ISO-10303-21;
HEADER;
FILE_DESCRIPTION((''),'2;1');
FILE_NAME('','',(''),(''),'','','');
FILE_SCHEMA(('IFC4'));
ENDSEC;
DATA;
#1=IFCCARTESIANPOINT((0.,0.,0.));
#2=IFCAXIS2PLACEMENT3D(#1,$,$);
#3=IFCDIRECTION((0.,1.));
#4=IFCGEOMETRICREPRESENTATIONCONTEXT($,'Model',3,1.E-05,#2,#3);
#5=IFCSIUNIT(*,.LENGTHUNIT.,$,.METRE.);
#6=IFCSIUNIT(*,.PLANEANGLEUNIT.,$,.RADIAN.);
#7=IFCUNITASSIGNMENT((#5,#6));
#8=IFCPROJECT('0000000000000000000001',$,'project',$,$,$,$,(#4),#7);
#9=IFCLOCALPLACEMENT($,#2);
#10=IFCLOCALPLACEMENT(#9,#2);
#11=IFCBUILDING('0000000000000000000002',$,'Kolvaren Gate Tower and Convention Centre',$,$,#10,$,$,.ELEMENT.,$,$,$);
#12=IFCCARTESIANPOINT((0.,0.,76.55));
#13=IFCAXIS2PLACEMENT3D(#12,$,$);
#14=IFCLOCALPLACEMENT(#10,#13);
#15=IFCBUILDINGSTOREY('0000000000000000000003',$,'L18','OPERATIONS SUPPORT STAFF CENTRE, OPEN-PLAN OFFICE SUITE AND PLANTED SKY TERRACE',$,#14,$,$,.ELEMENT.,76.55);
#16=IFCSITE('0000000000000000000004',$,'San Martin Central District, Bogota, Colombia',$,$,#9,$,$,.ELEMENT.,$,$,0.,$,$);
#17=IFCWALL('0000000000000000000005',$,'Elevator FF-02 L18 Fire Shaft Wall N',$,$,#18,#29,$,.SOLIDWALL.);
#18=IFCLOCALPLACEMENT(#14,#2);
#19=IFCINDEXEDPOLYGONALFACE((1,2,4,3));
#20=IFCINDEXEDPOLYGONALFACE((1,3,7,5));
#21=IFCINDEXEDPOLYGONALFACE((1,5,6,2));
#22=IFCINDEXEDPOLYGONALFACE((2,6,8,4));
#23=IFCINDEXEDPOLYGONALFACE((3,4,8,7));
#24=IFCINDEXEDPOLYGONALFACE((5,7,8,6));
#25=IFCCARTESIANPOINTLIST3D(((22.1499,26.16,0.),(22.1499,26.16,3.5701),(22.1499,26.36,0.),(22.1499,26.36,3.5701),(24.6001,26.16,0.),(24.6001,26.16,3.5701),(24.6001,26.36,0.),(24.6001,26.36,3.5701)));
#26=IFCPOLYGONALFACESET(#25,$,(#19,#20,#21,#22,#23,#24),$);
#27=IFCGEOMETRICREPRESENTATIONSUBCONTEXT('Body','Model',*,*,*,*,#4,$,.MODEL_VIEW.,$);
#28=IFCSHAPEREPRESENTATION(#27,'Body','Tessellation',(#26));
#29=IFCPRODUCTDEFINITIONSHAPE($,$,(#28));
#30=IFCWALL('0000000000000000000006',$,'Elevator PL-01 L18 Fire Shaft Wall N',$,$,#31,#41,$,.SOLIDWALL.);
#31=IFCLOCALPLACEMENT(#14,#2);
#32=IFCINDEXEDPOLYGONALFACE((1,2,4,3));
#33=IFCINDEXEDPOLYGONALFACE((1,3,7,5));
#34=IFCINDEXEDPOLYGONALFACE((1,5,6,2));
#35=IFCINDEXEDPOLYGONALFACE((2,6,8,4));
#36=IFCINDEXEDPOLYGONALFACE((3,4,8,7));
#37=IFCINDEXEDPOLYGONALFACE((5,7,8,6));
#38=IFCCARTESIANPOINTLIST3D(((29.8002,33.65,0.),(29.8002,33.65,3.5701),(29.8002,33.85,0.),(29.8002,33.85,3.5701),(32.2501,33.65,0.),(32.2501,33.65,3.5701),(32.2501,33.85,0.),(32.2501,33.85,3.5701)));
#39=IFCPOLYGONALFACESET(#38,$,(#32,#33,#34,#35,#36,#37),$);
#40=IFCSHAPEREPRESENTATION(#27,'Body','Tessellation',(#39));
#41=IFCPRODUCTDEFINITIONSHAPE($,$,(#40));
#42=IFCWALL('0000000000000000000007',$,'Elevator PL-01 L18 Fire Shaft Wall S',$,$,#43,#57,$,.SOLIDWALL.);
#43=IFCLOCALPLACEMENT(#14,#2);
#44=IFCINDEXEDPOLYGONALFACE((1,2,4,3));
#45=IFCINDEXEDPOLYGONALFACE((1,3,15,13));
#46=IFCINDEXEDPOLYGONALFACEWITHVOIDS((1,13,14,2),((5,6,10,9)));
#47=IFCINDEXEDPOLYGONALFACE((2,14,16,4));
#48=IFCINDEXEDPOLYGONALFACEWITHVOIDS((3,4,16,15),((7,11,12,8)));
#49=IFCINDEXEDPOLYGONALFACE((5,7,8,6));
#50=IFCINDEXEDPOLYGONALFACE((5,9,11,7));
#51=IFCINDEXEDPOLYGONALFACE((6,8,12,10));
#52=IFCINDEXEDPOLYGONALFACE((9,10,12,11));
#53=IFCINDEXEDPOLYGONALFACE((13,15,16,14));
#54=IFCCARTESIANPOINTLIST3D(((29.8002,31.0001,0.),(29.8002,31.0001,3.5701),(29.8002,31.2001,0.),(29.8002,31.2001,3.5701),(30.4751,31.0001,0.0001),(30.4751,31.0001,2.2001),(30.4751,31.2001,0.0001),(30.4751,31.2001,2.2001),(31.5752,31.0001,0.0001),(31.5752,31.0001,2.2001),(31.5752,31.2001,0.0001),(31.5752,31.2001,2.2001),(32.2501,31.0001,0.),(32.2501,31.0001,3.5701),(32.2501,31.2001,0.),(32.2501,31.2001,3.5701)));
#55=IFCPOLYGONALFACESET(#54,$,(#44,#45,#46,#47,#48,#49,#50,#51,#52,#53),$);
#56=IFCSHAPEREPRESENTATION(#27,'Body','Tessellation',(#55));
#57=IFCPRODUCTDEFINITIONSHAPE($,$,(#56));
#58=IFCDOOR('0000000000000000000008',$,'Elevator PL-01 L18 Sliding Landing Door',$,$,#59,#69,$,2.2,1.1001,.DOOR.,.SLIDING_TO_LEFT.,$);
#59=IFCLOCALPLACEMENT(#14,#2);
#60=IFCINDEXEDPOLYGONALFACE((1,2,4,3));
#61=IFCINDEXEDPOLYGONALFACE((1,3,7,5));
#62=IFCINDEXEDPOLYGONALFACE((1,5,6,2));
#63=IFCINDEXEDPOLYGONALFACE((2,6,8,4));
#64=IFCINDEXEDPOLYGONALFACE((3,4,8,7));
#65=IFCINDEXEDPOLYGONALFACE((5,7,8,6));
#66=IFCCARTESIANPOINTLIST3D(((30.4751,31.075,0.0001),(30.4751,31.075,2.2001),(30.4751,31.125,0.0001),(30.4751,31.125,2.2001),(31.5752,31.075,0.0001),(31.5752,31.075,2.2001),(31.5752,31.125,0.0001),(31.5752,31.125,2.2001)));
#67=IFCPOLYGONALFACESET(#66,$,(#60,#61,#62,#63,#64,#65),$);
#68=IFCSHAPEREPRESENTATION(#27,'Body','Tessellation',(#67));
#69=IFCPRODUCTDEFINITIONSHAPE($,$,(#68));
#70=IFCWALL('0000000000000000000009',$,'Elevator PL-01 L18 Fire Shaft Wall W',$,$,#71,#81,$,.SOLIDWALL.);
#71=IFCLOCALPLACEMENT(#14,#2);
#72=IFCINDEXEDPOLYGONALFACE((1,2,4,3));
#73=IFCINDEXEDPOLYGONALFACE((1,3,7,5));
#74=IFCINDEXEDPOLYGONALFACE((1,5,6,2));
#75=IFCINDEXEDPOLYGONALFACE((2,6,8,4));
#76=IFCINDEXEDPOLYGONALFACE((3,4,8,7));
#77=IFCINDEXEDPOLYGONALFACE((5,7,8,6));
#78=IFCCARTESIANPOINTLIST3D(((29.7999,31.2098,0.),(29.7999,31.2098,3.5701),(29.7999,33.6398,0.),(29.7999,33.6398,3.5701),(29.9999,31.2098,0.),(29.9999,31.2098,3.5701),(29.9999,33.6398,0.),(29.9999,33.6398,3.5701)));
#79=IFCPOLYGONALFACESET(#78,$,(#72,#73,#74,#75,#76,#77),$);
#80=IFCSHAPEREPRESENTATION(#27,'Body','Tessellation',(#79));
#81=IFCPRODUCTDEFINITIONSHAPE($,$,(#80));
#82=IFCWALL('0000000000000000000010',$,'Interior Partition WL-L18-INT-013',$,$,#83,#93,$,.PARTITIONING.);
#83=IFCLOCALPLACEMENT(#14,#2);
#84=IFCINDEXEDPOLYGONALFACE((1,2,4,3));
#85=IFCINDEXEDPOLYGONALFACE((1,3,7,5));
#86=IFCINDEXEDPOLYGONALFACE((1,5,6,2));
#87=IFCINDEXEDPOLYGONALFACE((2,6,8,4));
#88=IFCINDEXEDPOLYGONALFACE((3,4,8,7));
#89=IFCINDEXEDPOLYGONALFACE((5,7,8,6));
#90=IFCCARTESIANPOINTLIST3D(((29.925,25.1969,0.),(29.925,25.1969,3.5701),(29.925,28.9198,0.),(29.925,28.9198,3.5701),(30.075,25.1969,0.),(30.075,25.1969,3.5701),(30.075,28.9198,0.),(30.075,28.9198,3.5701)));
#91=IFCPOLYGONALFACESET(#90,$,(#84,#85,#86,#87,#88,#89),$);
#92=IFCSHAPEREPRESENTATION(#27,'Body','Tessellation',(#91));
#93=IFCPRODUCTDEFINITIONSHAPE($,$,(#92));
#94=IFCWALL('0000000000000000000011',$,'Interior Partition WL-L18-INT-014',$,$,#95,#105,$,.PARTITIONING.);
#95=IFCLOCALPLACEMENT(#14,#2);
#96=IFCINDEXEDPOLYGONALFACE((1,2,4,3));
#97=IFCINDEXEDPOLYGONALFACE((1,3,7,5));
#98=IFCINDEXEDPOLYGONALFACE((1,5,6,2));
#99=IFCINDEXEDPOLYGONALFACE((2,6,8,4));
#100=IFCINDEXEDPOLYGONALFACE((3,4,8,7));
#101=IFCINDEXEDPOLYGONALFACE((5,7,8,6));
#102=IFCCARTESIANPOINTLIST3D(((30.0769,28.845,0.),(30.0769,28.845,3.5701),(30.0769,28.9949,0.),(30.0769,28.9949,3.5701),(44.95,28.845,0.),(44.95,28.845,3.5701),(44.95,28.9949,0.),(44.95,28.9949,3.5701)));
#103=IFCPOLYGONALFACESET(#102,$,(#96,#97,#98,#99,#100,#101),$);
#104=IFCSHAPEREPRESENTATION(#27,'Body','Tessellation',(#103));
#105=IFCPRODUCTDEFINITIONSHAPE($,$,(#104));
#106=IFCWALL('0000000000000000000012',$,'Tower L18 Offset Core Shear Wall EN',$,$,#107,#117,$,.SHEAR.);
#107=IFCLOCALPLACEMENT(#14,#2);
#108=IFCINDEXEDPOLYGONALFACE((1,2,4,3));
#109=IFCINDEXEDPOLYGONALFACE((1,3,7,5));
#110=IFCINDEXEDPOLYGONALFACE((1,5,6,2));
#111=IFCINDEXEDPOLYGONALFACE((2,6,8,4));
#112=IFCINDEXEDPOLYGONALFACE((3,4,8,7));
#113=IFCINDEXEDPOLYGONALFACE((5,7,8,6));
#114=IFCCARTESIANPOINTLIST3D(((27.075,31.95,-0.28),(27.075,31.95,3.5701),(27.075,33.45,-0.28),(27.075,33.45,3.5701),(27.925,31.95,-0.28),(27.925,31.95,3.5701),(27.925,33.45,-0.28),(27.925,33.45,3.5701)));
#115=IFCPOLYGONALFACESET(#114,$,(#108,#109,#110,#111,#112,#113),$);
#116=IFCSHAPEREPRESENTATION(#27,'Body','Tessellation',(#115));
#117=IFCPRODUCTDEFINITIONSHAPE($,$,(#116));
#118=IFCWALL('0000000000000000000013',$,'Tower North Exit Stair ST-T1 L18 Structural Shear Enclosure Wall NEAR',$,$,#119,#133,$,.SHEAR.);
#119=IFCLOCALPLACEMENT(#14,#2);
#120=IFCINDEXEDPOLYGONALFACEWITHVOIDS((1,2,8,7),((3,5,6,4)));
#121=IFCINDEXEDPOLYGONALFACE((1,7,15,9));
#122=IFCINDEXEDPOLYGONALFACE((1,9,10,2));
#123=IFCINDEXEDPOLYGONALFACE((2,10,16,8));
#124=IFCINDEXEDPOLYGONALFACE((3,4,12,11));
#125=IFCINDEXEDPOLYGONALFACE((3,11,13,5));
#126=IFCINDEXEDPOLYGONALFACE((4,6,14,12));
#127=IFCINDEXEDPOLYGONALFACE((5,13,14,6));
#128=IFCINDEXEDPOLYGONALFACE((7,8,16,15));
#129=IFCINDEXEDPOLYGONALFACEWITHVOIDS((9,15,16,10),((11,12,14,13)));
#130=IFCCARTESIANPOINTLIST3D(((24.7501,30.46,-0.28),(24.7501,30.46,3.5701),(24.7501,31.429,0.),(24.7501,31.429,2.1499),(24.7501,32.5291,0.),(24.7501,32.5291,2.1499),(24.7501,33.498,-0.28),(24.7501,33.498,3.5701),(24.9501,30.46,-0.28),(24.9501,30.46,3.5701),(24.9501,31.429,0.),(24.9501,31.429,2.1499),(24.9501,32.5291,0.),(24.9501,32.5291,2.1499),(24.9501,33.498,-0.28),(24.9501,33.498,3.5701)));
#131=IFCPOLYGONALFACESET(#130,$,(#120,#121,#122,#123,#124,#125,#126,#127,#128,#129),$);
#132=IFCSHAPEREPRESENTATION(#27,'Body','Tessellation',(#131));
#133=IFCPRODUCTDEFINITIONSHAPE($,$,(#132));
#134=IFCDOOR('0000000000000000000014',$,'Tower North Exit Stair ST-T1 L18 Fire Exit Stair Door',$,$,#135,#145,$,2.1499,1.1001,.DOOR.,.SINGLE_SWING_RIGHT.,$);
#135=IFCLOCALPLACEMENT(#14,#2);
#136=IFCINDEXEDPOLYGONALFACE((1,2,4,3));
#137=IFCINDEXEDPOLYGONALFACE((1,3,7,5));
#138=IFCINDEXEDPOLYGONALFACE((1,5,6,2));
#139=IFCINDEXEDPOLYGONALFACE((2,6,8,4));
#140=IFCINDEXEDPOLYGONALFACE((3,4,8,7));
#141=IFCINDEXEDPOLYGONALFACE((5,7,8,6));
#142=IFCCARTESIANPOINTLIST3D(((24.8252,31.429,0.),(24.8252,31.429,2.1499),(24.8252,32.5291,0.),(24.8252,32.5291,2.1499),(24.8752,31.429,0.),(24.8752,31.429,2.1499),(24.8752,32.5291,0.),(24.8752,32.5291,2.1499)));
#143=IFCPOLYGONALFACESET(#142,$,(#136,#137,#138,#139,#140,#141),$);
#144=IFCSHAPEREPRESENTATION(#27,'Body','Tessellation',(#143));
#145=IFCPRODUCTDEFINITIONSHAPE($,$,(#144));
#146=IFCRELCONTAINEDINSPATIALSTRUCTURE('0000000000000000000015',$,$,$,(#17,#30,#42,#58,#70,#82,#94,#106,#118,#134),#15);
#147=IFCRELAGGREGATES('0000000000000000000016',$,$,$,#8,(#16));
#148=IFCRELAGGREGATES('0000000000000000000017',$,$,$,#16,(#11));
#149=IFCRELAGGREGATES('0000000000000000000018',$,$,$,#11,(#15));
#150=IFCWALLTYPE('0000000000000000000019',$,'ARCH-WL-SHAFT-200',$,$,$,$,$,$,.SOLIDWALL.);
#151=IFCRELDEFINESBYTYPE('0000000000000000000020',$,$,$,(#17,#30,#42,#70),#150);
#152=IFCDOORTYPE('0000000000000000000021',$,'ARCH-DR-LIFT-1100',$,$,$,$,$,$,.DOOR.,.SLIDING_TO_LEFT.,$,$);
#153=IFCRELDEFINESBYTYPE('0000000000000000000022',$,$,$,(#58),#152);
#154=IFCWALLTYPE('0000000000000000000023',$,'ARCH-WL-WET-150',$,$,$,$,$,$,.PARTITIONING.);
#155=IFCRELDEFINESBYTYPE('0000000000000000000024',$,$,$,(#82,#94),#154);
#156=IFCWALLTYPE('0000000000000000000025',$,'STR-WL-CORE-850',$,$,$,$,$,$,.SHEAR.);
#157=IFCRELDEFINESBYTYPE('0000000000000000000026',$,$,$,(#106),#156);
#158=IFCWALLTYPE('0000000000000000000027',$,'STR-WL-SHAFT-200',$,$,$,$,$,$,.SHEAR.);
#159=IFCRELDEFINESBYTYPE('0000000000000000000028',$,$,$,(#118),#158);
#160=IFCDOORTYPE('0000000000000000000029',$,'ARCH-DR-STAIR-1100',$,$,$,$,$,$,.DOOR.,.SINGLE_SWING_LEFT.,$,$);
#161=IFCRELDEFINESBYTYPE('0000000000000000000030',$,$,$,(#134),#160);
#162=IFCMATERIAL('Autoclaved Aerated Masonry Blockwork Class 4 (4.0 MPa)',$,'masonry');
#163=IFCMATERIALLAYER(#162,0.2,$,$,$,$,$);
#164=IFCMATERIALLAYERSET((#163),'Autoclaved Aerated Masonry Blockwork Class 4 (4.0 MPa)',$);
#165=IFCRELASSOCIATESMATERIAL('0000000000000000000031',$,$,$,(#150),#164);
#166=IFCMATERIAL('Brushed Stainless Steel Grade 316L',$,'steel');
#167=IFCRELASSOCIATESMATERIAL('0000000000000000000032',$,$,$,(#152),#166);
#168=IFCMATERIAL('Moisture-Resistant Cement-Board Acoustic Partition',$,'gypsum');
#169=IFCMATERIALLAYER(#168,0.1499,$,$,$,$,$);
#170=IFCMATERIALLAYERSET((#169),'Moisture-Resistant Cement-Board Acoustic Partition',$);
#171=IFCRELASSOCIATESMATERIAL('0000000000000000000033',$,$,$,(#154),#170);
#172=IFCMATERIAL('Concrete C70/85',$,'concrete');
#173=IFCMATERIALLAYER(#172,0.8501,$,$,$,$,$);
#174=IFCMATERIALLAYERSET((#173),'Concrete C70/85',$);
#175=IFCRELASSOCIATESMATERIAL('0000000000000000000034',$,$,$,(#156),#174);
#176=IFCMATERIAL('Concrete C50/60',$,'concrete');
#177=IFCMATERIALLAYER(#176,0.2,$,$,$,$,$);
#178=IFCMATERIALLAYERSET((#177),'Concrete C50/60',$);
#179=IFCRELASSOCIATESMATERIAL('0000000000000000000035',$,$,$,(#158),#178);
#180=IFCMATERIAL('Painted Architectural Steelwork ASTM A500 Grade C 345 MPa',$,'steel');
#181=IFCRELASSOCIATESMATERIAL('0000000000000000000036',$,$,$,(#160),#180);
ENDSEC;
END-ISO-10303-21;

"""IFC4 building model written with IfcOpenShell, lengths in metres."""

from ifc_helpers import new_model, si_unit, direction, frame, frame_2d, origin, place, context, subcontext, project, spatial, rectangle, extrude, material, layer, layer_set, type_object, element, fill, save


model = new_model("IFC4")

# Units and contexts
model_context = context("Model", 3, precision=1e-05, world=origin(), true_north=direction((0.0, 1.0)))
body_context = subcontext(model_context, "Body", "Model", "MODEL_VIEW")
ifc_project = project(units=[si_unit("LENGTHUNIT", "METRE"), si_unit("PLANEANGLEUNIT", "RADIAN")], contexts=[model_context])

# Site, building, storey
site_placement = place(None, origin())
site = spatial("IfcSite", under=ifc_project, at=site_placement, Name="San Martin Central District, Bogota, Colombia", CompositionType="ELEMENT", RefElevation=0.0)
building_placement = place(site_placement, origin())
building = spatial("IfcBuilding", under=site, at=building_placement, Name="Kolvaren Gate Tower and Convention Centre", CompositionType="ELEMENT")
storey_placement = place(building_placement, frame((0.0, 0.0, 76.55)))
storey = spatial("IfcBuildingStorey", under=building, at=storey_placement, Name="L18", Description="OPERATIONS SUPPORT STAFF CENTRE, OPEN-PLAN OFFICE SUITE AND PLANTED SKY TERRACE", CompositionType="ELEMENT", Elevation=76.55)

# Shared definitions
ifc_material_1 = material(Name="Autoclaved Aerated Masonry Blockwork Class 4 (4.0 MPa)", Category="masonry")

# Shared definitions
ifc_material_2 = material(Name="Painted Architectural Steelwork ASTM A500 Grade C 345 MPa", Category="steel")

# Shared definitions
ifc_layer_1 = layer(ifc_material_1, 0.2)
ifc_layer_set_1 = layer_set([ifc_layer_1], Name="Autoclaved Aerated Masonry Blockwork Class 4 (4.0 MPa)")
wall_type_1 = type_object("IfcWallType", Name="ARCH-WL-SHAFT-200", PredefinedType="SOLIDWALL", material=ifc_layer_set_1)

# Shared definitions
ifc_material_3 = material(Name="Brushed Stainless Steel Grade 316L", Category="steel")
door_type_1 = type_object("IfcDoorType", Name="ARCH-DR-LIFT-1100", OperationType="SLIDING_TO_LEFT", PredefinedType="DOOR", material=ifc_material_3)

# Walls
wall_1_placement = place(storey_placement, frame((22.1499, 26.26, 0.0), z_axis=(0.0, 0.0, 1.0), x_axis=(1.0, 0.0, 0.0)))
element("IfcWall", 1, at=wall_1_placement, inside=storey, type_object=wall_type_1, Name="Elevator FF-02 L18 Fire Shaft Wall N", PredefinedType="SOLIDWALL", context=body_context, shape_type="SweptSolid", body=[
    extrude(rectangle(XDim=2.4502, YDim=0.2, at=frame_2d((1.2251, 0.0))), origin(), (0.0, 0.0, 1.0), 3.5701),
])
wall_2_placement = place(storey_placement, frame((29.8, 33.75, 0.0), z_axis=(0.0, 0.0, 1.0), x_axis=(1.0, 0.0, 0.0)))
element("IfcWall", 2, at=wall_2_placement, inside=storey, type_object=wall_type_1, Name="Elevator PL-01 L18 Fire Shaft Wall N", PredefinedType="SOLIDWALL", context=body_context, shape_type="SweptSolid", body=[
    extrude(rectangle(XDim=2.45, YDim=0.2, at=frame_2d((1.2251, 0.0))), origin(), (0.0, 0.0, 1.0), 3.5701),
])

# Wall, opening, door
wall_3_placement = place(storey_placement, frame((29.8, 31.1001, 0.0), z_axis=(0.0, 0.0, 1.0), x_axis=(1.0, 0.0, 0.0)))
wall_3 = element("IfcWall", 3, at=wall_3_placement, inside=storey, type_object=wall_type_1, Name="Elevator PL-01 L18 Fire Shaft Wall S", PredefinedType="SOLIDWALL", context=body_context, shape_type="SweptSolid", body=[
    extrude(rectangle(XDim=2.45, YDim=0.2, at=frame_2d((1.2251, 0.0))), origin(), (0.0, 0.0, 1.0), 3.5701),
])
opening_1_placement = place(wall_3_placement, frame((0.675, 0.0, 0.0)))
opening_1 = element("IfcOpeningElement", 4, at=opening_1_placement, cuts=wall_3, PredefinedType="OPENING", context=body_context, shape_type="SweptSolid", body=[
    extrude(rectangle(XDim=1.1001, YDim=2.2, at=frame_2d((0.55, 1.1001))), frame((0.0, 0.1099, 0.0), z_axis=(0.0, -1.0, 0.0), x_axis=(1.0, 0.0, 0.0)), (0.0, 0.0, 1.0), 0.22),
])
door_1_placement = place(opening_1_placement, origin())
door_1 = element("IfcDoor", 5, at=door_1_placement, inside=storey, type_object=door_type_1, Name="Elevator PL-01 L18 Sliding Landing Door", OperationType="SLIDING_TO_LEFT", OverallHeight=2.2, OverallWidth=1.1001, PredefinedType="DOOR", context=body_context, shape_type="SweptSolid", body=[
    extrude(rectangle(XDim=1.1001, YDim=2.2, at=frame_2d((0.55, 1.1001))), frame((0.0, 0.0249, 0.0), z_axis=(0.0, -1.0, 0.0), x_axis=(1.0, 0.0, 0.0)), (0.0, 0.0, 1.0), 0.05),
])
fill(opening_1, door_1)

# Walls
wall_4_placement = place(storey_placement, frame((29.8999, 31.21, 0.0), z_axis=(0.0, 0.0, 1.0), x_axis=(0.0, 1.0, 0.0)))
element("IfcWall", 6, at=wall_4_placement, inside=storey, type_object=wall_type_1, Name="Elevator PL-01 L18 Fire Shaft Wall W", PredefinedType="SOLIDWALL", context=body_context, shape_type="SweptSolid", body=[
    extrude(rectangle(XDim=2.4299, YDim=0.2, at=frame_2d((1.2148, 0.0))), origin(), (0.0, 0.0, 1.0), 3.5701),
])
ifc_material_4 = material(Name="Moisture-Resistant Cement-Board Acoustic Partition", Category="gypsum")
ifc_layer_2 = layer(ifc_material_4, 0.1499)
ifc_layer_set_2 = layer_set([ifc_layer_2], Name="Moisture-Resistant Cement-Board Acoustic Partition")
wall_type_2 = type_object("IfcWallType", Name="ARCH-WL-WET-150", PredefinedType="PARTITIONING", material=ifc_layer_set_2)
wall_5_placement = place(storey_placement, frame((30.0, 25.197, 0.0), z_axis=(0.0, 0.0, 1.0), x_axis=(0.0, 1.0, 0.0)))
element("IfcWall", 7, at=wall_5_placement, inside=storey, type_object=wall_type_2, Name="Interior Partition WL-L18-INT-013", PredefinedType="PARTITIONING", context=body_context, shape_type="SweptSolid", body=[
    extrude(rectangle(XDim=3.7229, YDim=0.1499, at=frame_2d((1.8613, 0.0))), origin(), (0.0, 0.0, 1.0), 3.5701),
])
wall_6_placement = place(storey_placement, frame((30.0769, 28.9199, 0.0), z_axis=(0.0, 0.0, 1.0), x_axis=(1.0, 0.0, 0.0)))
element("IfcWall", 8, at=wall_6_placement, inside=storey, type_object=wall_type_2, Name="Interior Partition WL-L18-INT-014", PredefinedType="PARTITIONING", context=body_context, shape_type="SweptSolid", body=[
    extrude(rectangle(XDim=14.873, YDim=0.1499, at=frame_2d((7.4365, 0.0))), origin(), (0.0, 0.0, 1.0), 3.5701),
])
ifc_material_5 = material(Name="Concrete C70/85", Category="concrete")
ifc_layer_3 = layer(ifc_material_5, 0.8501)
ifc_layer_set_3 = layer_set([ifc_layer_3], Name="Concrete C70/85")
wall_type_3 = type_object("IfcWallType", Name="STR-WL-CORE-850", PredefinedType="SHEAR", material=ifc_layer_set_3)
wall_7_placement = place(storey_placement, frame((27.5, 31.95, -0.28), z_axis=(0.0, 0.0, 1.0), x_axis=(0.0, 1.0, 0.0)))
element("IfcWall", 9, at=wall_7_placement, inside=storey, type_object=wall_type_3, Name="Tower L18 Offset Core Shear Wall EN", PredefinedType="SHEAR", context=body_context, shape_type="SweptSolid", body=[
    extrude(rectangle(XDim=1.5, YDim=0.8501, at=frame_2d((0.75, 0.0))), origin(), (0.0, 0.0, 1.0), 3.8501),
])

# Wall, opening, door
ifc_material_6 = material(Name="Concrete C50/60", Category="concrete")
ifc_layer_4 = layer(ifc_material_6, 0.2)
ifc_layer_set_4 = layer_set([ifc_layer_4], Name="Concrete C50/60")
wall_type_4 = type_object("IfcWallType", Name="STR-WL-SHAFT-200", PredefinedType="SHEAR", material=ifc_layer_set_4)
wall_8_placement = place(storey_placement, frame((24.8501, 30.46, -0.28), z_axis=(0.0, 0.0, 1.0), x_axis=(0.0, 1.0, 0.0)))
wall_8 = element("IfcWall", 10, at=wall_8_placement, inside=storey, type_object=wall_type_4, Name="Tower North Exit Stair ST-T1 L18 Structural Shear Enclosure Wall NEAR", PredefinedType="SHEAR", context=body_context, shape_type="SweptSolid", body=[
    extrude(rectangle(XDim=3.0381, YDim=0.2, at=frame_2d((1.519, 0.0))), origin(), (0.0, 0.0, 1.0), 3.8501),
])
opening_2_placement = place(wall_8_placement, frame((0.969, 0.0, 0.28)))
opening_2 = element("IfcOpeningElement", 11, at=opening_2_placement, cuts=wall_8, PredefinedType="OPENING", context=body_context, shape_type="SweptSolid", body=[
    extrude(rectangle(XDim=1.1001, YDim=2.1499, at=frame_2d((0.55, 1.075))), frame((0.0, 0.1099, 0.0), z_axis=(0.0, -1.0, 0.0), x_axis=(1.0, 0.0, 0.0)), (0.0, 0.0, 1.0), 0.22),
])
door_type_2 = type_object("IfcDoorType", Name="ARCH-DR-STAIR-1100", OperationType="SINGLE_SWING_LEFT", PredefinedType="DOOR", material=ifc_material_2)
door_2_placement = place(opening_2_placement, origin())
door_2 = element("IfcDoor", 12, at=door_2_placement, inside=storey, type_object=door_type_2, Name="Tower North Exit Stair ST-T1 L18 Fire Exit Stair Door", OperationType="SINGLE_SWING_RIGHT", OverallHeight=2.1499, OverallWidth=1.1001, PredefinedType="DOOR", context=body_context, shape_type="SweptSolid", body=[
    extrude(rectangle(XDim=1.1001, YDim=2.1499, at=frame_2d((0.55, 1.075))), frame((0.0, 0.0249, 0.0), z_axis=(0.0, -1.0, 0.0), x_axis=(1.0, 0.0, 0.0)), (0.0, 0.0, 1.0), 0.05),
])
fill(opening_2, door_2)

save(model, "model.ifc")
